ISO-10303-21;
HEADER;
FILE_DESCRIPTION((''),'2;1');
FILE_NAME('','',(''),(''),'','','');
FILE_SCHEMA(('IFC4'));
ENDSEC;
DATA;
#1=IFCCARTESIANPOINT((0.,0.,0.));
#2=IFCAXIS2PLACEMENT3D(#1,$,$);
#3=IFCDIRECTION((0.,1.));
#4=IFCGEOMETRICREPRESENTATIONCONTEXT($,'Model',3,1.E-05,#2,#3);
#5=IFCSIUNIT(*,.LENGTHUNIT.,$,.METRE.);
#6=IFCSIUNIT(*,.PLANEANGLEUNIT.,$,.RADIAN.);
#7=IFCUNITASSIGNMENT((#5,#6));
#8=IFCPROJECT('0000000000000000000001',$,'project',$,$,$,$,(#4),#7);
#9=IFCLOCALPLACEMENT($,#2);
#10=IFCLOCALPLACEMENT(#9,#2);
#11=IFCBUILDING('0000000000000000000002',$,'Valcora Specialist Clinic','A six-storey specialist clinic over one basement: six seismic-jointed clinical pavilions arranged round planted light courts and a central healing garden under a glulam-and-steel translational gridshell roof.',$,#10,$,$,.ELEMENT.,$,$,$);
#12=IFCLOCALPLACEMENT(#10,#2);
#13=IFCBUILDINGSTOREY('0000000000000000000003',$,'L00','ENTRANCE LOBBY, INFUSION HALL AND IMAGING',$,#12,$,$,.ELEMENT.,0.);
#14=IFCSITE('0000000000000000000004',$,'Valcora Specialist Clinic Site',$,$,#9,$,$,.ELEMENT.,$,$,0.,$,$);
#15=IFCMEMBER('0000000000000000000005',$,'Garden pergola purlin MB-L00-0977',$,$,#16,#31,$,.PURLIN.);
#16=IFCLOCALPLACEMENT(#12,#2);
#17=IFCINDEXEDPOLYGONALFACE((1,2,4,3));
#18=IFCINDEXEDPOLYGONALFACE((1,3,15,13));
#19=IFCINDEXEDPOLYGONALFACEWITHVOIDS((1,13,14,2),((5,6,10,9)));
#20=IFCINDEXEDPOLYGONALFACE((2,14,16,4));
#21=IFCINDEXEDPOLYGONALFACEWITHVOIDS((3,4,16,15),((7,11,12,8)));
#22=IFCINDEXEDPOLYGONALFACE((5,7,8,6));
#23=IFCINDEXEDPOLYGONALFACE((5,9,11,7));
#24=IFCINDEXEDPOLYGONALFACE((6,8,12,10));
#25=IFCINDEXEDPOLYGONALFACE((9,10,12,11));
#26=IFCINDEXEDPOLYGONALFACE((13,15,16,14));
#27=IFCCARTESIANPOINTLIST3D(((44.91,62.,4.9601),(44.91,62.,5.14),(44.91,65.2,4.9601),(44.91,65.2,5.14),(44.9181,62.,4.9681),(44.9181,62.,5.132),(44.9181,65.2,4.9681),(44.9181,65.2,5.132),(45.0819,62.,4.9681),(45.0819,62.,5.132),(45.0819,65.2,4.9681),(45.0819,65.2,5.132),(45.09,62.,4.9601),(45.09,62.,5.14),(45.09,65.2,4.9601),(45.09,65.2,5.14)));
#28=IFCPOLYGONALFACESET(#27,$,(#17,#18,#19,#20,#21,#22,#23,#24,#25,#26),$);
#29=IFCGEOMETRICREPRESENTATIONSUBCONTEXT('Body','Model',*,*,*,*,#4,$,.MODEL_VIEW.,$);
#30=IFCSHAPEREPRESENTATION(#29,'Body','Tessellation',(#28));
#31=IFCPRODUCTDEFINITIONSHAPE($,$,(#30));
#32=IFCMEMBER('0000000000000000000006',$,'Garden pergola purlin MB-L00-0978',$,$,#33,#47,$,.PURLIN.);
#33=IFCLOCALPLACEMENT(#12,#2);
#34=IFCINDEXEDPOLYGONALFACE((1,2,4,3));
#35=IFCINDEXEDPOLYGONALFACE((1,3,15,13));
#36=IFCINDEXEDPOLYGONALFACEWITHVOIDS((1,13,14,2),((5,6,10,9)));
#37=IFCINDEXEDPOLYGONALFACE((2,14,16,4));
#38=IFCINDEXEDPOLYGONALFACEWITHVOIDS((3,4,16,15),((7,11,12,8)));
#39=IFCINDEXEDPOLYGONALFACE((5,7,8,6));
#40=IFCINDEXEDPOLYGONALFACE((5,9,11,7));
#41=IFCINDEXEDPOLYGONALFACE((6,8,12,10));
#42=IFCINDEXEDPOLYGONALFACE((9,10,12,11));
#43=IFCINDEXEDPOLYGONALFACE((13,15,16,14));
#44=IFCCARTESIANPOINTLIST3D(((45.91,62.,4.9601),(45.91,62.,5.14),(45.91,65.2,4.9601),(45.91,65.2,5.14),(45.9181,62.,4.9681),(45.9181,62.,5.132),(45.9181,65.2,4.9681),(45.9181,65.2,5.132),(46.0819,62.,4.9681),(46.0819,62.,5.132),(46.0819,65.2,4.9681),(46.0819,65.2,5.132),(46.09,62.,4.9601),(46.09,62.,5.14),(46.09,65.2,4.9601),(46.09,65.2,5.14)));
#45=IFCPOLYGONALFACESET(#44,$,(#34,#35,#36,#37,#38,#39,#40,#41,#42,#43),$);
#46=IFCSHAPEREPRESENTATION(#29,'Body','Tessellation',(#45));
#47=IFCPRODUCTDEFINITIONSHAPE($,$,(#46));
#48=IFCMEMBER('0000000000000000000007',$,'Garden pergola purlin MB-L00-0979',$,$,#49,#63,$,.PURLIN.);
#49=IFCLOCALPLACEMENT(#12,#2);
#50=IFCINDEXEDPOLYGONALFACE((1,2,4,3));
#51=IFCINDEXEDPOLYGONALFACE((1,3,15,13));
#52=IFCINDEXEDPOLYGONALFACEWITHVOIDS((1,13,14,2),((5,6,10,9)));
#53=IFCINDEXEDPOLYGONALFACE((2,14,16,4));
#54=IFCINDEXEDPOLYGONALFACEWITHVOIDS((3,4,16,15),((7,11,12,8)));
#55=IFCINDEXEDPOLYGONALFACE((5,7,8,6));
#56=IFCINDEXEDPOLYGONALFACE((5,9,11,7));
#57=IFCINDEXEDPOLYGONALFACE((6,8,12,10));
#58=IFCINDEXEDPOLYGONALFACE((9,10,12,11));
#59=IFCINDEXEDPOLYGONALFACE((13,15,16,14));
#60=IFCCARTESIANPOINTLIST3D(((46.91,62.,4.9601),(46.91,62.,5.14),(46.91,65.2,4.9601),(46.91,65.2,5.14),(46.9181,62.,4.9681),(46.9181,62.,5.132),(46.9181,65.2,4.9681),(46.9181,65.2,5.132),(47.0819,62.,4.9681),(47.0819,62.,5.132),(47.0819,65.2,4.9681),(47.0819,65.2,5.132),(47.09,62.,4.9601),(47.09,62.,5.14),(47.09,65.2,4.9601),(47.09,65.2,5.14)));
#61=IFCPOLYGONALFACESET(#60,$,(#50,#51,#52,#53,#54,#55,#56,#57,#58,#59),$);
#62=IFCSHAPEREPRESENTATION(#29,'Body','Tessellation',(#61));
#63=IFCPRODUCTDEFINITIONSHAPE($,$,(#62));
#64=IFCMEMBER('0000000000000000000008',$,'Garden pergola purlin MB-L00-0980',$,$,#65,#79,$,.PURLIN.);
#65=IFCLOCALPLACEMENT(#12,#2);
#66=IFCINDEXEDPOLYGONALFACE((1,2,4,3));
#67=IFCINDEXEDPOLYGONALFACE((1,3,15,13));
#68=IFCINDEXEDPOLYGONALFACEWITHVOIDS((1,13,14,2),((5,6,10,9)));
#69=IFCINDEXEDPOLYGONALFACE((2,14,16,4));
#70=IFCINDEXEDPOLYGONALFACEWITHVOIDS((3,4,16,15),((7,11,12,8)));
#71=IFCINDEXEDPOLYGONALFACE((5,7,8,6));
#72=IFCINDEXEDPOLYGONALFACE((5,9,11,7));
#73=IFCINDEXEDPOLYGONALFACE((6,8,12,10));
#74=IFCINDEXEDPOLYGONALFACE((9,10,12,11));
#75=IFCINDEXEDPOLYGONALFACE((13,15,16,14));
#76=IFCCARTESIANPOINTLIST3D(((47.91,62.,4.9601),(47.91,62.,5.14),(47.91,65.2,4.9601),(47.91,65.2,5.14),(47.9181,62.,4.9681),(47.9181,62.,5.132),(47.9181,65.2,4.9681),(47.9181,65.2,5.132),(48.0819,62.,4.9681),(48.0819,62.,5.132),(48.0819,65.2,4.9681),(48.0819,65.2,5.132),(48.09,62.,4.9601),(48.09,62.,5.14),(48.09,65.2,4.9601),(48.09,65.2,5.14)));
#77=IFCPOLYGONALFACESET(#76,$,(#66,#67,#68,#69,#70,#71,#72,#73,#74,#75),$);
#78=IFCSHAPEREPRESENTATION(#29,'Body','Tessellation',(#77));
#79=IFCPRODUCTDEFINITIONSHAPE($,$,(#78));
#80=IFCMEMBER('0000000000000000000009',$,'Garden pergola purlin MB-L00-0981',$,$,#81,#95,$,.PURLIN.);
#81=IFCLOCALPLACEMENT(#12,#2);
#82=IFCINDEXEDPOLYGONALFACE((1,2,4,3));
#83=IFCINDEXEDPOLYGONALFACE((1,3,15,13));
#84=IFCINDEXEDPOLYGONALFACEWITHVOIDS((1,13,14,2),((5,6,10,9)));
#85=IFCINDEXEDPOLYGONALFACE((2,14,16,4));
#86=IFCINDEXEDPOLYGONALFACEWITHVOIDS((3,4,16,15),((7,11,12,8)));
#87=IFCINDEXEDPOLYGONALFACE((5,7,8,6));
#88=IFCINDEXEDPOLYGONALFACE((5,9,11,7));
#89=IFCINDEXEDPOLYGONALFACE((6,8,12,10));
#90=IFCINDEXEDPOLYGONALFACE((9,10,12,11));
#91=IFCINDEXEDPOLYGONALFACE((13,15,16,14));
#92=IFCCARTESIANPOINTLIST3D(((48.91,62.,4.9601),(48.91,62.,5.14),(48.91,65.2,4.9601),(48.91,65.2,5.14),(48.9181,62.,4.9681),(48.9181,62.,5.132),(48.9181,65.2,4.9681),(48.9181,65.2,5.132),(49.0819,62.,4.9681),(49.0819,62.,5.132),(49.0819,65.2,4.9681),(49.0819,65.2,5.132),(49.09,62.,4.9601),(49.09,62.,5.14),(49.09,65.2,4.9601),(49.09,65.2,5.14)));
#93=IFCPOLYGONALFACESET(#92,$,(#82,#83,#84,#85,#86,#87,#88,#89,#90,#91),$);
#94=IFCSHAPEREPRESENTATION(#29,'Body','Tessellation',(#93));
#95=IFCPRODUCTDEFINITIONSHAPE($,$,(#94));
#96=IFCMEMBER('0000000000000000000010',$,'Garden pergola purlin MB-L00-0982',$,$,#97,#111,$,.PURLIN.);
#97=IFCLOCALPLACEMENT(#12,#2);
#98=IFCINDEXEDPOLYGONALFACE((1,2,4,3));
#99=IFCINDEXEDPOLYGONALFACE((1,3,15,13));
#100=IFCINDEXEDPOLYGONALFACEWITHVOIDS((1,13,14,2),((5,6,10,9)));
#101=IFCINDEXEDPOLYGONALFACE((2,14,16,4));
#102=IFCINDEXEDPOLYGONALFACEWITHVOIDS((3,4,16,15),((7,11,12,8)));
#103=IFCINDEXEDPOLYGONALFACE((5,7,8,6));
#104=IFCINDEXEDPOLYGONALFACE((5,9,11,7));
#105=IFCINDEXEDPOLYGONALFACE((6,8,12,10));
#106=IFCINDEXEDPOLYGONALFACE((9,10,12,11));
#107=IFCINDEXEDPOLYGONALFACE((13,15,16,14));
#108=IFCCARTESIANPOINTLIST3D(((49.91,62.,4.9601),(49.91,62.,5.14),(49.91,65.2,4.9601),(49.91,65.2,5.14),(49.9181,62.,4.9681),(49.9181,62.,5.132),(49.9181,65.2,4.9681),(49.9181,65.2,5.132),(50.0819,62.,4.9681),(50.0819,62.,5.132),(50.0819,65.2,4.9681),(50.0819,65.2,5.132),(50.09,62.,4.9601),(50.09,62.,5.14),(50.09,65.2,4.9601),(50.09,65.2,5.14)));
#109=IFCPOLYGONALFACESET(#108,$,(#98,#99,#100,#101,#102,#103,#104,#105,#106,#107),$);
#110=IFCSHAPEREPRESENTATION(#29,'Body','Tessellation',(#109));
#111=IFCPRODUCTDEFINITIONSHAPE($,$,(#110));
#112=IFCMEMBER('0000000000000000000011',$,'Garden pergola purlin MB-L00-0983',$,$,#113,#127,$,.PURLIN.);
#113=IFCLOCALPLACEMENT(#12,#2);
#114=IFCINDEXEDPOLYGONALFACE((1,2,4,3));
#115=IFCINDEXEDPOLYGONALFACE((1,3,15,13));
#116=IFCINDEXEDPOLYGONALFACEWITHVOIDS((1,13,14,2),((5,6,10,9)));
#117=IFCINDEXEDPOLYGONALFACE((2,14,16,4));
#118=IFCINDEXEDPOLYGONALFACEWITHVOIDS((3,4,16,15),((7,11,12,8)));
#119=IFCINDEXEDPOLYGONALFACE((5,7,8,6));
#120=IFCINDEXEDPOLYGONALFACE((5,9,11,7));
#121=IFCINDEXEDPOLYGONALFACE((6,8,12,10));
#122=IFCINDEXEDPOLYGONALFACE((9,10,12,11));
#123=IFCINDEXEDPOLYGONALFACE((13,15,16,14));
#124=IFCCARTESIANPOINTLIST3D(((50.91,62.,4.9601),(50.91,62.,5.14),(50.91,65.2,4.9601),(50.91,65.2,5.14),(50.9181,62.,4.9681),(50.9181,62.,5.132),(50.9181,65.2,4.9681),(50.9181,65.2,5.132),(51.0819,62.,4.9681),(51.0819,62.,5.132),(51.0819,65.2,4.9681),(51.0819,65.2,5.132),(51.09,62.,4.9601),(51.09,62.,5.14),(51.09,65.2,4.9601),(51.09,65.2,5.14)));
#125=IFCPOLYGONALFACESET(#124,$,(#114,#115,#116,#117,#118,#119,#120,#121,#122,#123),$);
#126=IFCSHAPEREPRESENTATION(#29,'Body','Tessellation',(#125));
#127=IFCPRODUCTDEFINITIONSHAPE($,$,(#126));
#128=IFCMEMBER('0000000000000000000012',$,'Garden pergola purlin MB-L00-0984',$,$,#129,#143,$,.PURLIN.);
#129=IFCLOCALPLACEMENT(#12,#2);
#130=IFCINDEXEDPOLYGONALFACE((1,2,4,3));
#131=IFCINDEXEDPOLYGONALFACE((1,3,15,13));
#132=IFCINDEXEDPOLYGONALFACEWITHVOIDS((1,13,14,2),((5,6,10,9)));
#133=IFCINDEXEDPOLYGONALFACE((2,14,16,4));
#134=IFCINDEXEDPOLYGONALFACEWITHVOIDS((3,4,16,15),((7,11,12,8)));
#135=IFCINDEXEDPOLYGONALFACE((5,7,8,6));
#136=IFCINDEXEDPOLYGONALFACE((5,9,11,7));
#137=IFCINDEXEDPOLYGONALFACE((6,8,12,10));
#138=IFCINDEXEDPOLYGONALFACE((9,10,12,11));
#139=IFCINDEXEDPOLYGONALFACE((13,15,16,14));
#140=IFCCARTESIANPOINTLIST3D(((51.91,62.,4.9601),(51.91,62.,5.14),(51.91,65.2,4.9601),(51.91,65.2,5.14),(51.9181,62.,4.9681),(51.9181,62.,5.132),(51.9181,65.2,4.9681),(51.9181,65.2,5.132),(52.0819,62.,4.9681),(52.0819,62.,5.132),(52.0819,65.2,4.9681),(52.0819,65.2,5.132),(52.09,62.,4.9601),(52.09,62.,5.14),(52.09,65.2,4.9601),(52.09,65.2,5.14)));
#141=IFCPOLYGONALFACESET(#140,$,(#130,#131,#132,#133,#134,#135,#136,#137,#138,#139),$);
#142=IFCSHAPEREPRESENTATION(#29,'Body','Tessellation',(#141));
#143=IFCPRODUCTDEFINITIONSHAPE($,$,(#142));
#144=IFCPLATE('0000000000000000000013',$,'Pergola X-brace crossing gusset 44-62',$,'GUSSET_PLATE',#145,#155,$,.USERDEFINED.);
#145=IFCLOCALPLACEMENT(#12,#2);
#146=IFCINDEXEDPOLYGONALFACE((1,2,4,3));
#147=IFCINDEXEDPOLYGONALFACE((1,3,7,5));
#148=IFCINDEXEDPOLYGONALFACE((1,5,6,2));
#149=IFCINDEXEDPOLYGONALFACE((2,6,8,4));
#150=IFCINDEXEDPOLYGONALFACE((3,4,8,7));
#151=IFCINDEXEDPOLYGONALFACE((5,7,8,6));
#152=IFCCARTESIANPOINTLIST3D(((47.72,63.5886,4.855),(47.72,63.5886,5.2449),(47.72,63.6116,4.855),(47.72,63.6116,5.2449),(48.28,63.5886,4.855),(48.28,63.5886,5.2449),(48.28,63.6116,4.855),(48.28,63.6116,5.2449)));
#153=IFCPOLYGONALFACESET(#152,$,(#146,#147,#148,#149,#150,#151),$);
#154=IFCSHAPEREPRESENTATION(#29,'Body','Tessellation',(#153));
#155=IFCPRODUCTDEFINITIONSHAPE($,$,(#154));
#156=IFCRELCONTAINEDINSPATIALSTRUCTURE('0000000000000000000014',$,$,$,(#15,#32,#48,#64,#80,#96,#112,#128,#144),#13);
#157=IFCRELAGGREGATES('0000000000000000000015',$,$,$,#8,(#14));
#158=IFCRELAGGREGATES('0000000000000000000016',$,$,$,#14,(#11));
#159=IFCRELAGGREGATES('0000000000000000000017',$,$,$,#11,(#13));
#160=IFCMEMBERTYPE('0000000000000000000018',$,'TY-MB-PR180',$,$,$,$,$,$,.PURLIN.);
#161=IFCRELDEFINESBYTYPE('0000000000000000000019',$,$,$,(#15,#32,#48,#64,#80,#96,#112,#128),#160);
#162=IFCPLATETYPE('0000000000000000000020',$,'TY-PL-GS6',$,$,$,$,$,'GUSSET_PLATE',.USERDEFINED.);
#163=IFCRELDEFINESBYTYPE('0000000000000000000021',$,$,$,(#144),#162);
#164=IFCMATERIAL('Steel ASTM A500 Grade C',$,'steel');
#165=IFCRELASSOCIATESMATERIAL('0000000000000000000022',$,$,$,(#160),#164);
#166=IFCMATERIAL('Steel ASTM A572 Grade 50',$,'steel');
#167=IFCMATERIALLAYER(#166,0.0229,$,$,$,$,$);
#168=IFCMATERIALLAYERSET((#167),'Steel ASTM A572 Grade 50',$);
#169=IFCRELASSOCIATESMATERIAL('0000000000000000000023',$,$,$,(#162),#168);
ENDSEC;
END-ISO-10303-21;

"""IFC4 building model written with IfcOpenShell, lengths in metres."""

from ifc_helpers import new_model, si_unit, direction, frame, origin, origin_2d, place, context, subcontext, project, spatial, rectangle, hollow_rectangle, extrude, material, layer, layer_set, material_profile, profile_set, type_object, element, save


model = new_model("IFC4")

# Units and contexts
model_context = context("Model", 3, precision=1e-05, world=origin(), true_north=direction((0.0, 1.0)))
body_context = subcontext(model_context, "Body", "Model", "MODEL_VIEW")
ifc_project = project(units=[si_unit("LENGTHUNIT", "METRE"), si_unit("PLANEANGLEUNIT", "RADIAN")], contexts=[model_context])

# Site, building, storey
site_placement = place(None, origin())
site = spatial("IfcSite", under=ifc_project, at=site_placement, Name="Valcora Specialist Clinic Site", CompositionType="ELEMENT", RefElevation=0.0)
building_placement = place(site_placement, origin())
building = spatial("IfcBuilding", under=site, at=building_placement, Name="Valcora Specialist Clinic", Description="A six-storey specialist clinic over one basement: six seismic-jointed clinical pavilions arranged round planted light courts and a central healing garden under a glulam-and-steel translational gridshell roof.", CompositionType="ELEMENT")
storey_placement = place(building_placement, origin())
storey = spatial("IfcBuildingStorey", under=building, at=storey_placement, Name="L00", Description="ENTRANCE LOBBY, INFUSION HALL AND IMAGING", CompositionType="ELEMENT", Elevation=0.0)

# Shared definitions
ifc_material_1 = material(Name="Steel ASTM A500 Grade C", Category="steel")

# Members
ifc_material_profile_1 = material_profile(ifc_material_1, hollow_rectangle(XDim=0.1799, YDim=0.1799, WallThickness=0.0081, at=origin_2d()), Name="ST-RHS-180X180X8")
ifc_profile_set_1 = profile_set([ifc_material_profile_1], Name="Steel ASTM A500 Grade C")
member_type_1 = type_object("IfcMemberType", Name="TY-MB-PR180", PredefinedType="PURLIN", material=ifc_profile_set_1)
for number, where, z_axis, x_axis, name in (
    (1, (45.0, 62.0, 5.05), (0.0, 1.0, 0.0), (-1.0, 0.0, 0.0), "Garden pergola purlin MB-L00-0977"),
    (2, (46.0, 62.0, 5.05), (0.0, 1.0, 0.0), (-1.0, 0.0, 0.0), "Garden pergola purlin MB-L00-0978"),
    (3, (47.0, 62.0, 5.05), (0.0, 1.0, 0.0), (-1.0, 0.0, 0.0), "Garden pergola purlin MB-L00-0979"),
    (4, (48.0, 62.0, 5.05), (0.0, 1.0, 0.0), (-1.0, 0.0, 0.0), "Garden pergola purlin MB-L00-0980"),
    (5, (49.0, 62.0, 5.05), (0.0, 1.0, 0.0), (-1.0, 0.0, 0.0), "Garden pergola purlin MB-L00-0981"),
    (6, (50.0, 62.0, 5.05), (0.0, 1.0, 0.0), (-1.0, 0.0, 0.0), "Garden pergola purlin MB-L00-0982"),
    (7, (51.0, 62.0, 5.05), (0.0, 1.0, 0.0), (-1.0, 0.0, 0.0), "Garden pergola purlin MB-L00-0983"),
    (8, (52.0, 62.0, 5.05), (0.0, 1.0, 0.0), (-1.0, 0.0, 0.0), "Garden pergola purlin MB-L00-0984"),
):
    element("IfcMember", number, at=place(storey_placement, frame(where, z_axis=z_axis, x_axis=x_axis)), inside=storey, type_object=member_type_1, Name=name, PredefinedType="PURLIN", context=body_context, shape_type="SweptSolid", body=[
        extrude(hollow_rectangle(XDim=0.1799, YDim=0.1799, WallThickness=0.0081, at=origin_2d()), origin(), (0.0, 0.0, 1.0), 3.2),
    ])

# Plate
ifc_material_2 = material(Name="Steel ASTM A572 Grade 50", Category="steel")
ifc_layer = layer(ifc_material_2, 0.0229)
ifc_layer_set = layer_set([ifc_layer], Name="Steel ASTM A572 Grade 50")
plate_type = type_object("IfcPlateType", Name="TY-PL-GS6", ElementType="GUSSET_PLATE", PredefinedType="USERDEFINED", material=ifc_layer_set)
plate_placement = place(storey_placement, frame((48.0, 63.6001, 4.855), z_axis=(0.0, 0.0, 1.0), x_axis=(1.0, 0.0, 0.0)))
element("IfcPlate", 9, at=plate_placement, inside=storey, type_object=plate_type, Name="Pergola X-brace crossing gusset 44-62", ObjectType="GUSSET_PLATE", PredefinedType="USERDEFINED", context=body_context, shape_type="SweptSolid", body=[
    extrude(rectangle(XDim=0.5601, YDim=0.0229, at=origin_2d()), origin(), (0.0, 0.0, 1.0), 0.3899),
])

save(model, "model.ifc")
